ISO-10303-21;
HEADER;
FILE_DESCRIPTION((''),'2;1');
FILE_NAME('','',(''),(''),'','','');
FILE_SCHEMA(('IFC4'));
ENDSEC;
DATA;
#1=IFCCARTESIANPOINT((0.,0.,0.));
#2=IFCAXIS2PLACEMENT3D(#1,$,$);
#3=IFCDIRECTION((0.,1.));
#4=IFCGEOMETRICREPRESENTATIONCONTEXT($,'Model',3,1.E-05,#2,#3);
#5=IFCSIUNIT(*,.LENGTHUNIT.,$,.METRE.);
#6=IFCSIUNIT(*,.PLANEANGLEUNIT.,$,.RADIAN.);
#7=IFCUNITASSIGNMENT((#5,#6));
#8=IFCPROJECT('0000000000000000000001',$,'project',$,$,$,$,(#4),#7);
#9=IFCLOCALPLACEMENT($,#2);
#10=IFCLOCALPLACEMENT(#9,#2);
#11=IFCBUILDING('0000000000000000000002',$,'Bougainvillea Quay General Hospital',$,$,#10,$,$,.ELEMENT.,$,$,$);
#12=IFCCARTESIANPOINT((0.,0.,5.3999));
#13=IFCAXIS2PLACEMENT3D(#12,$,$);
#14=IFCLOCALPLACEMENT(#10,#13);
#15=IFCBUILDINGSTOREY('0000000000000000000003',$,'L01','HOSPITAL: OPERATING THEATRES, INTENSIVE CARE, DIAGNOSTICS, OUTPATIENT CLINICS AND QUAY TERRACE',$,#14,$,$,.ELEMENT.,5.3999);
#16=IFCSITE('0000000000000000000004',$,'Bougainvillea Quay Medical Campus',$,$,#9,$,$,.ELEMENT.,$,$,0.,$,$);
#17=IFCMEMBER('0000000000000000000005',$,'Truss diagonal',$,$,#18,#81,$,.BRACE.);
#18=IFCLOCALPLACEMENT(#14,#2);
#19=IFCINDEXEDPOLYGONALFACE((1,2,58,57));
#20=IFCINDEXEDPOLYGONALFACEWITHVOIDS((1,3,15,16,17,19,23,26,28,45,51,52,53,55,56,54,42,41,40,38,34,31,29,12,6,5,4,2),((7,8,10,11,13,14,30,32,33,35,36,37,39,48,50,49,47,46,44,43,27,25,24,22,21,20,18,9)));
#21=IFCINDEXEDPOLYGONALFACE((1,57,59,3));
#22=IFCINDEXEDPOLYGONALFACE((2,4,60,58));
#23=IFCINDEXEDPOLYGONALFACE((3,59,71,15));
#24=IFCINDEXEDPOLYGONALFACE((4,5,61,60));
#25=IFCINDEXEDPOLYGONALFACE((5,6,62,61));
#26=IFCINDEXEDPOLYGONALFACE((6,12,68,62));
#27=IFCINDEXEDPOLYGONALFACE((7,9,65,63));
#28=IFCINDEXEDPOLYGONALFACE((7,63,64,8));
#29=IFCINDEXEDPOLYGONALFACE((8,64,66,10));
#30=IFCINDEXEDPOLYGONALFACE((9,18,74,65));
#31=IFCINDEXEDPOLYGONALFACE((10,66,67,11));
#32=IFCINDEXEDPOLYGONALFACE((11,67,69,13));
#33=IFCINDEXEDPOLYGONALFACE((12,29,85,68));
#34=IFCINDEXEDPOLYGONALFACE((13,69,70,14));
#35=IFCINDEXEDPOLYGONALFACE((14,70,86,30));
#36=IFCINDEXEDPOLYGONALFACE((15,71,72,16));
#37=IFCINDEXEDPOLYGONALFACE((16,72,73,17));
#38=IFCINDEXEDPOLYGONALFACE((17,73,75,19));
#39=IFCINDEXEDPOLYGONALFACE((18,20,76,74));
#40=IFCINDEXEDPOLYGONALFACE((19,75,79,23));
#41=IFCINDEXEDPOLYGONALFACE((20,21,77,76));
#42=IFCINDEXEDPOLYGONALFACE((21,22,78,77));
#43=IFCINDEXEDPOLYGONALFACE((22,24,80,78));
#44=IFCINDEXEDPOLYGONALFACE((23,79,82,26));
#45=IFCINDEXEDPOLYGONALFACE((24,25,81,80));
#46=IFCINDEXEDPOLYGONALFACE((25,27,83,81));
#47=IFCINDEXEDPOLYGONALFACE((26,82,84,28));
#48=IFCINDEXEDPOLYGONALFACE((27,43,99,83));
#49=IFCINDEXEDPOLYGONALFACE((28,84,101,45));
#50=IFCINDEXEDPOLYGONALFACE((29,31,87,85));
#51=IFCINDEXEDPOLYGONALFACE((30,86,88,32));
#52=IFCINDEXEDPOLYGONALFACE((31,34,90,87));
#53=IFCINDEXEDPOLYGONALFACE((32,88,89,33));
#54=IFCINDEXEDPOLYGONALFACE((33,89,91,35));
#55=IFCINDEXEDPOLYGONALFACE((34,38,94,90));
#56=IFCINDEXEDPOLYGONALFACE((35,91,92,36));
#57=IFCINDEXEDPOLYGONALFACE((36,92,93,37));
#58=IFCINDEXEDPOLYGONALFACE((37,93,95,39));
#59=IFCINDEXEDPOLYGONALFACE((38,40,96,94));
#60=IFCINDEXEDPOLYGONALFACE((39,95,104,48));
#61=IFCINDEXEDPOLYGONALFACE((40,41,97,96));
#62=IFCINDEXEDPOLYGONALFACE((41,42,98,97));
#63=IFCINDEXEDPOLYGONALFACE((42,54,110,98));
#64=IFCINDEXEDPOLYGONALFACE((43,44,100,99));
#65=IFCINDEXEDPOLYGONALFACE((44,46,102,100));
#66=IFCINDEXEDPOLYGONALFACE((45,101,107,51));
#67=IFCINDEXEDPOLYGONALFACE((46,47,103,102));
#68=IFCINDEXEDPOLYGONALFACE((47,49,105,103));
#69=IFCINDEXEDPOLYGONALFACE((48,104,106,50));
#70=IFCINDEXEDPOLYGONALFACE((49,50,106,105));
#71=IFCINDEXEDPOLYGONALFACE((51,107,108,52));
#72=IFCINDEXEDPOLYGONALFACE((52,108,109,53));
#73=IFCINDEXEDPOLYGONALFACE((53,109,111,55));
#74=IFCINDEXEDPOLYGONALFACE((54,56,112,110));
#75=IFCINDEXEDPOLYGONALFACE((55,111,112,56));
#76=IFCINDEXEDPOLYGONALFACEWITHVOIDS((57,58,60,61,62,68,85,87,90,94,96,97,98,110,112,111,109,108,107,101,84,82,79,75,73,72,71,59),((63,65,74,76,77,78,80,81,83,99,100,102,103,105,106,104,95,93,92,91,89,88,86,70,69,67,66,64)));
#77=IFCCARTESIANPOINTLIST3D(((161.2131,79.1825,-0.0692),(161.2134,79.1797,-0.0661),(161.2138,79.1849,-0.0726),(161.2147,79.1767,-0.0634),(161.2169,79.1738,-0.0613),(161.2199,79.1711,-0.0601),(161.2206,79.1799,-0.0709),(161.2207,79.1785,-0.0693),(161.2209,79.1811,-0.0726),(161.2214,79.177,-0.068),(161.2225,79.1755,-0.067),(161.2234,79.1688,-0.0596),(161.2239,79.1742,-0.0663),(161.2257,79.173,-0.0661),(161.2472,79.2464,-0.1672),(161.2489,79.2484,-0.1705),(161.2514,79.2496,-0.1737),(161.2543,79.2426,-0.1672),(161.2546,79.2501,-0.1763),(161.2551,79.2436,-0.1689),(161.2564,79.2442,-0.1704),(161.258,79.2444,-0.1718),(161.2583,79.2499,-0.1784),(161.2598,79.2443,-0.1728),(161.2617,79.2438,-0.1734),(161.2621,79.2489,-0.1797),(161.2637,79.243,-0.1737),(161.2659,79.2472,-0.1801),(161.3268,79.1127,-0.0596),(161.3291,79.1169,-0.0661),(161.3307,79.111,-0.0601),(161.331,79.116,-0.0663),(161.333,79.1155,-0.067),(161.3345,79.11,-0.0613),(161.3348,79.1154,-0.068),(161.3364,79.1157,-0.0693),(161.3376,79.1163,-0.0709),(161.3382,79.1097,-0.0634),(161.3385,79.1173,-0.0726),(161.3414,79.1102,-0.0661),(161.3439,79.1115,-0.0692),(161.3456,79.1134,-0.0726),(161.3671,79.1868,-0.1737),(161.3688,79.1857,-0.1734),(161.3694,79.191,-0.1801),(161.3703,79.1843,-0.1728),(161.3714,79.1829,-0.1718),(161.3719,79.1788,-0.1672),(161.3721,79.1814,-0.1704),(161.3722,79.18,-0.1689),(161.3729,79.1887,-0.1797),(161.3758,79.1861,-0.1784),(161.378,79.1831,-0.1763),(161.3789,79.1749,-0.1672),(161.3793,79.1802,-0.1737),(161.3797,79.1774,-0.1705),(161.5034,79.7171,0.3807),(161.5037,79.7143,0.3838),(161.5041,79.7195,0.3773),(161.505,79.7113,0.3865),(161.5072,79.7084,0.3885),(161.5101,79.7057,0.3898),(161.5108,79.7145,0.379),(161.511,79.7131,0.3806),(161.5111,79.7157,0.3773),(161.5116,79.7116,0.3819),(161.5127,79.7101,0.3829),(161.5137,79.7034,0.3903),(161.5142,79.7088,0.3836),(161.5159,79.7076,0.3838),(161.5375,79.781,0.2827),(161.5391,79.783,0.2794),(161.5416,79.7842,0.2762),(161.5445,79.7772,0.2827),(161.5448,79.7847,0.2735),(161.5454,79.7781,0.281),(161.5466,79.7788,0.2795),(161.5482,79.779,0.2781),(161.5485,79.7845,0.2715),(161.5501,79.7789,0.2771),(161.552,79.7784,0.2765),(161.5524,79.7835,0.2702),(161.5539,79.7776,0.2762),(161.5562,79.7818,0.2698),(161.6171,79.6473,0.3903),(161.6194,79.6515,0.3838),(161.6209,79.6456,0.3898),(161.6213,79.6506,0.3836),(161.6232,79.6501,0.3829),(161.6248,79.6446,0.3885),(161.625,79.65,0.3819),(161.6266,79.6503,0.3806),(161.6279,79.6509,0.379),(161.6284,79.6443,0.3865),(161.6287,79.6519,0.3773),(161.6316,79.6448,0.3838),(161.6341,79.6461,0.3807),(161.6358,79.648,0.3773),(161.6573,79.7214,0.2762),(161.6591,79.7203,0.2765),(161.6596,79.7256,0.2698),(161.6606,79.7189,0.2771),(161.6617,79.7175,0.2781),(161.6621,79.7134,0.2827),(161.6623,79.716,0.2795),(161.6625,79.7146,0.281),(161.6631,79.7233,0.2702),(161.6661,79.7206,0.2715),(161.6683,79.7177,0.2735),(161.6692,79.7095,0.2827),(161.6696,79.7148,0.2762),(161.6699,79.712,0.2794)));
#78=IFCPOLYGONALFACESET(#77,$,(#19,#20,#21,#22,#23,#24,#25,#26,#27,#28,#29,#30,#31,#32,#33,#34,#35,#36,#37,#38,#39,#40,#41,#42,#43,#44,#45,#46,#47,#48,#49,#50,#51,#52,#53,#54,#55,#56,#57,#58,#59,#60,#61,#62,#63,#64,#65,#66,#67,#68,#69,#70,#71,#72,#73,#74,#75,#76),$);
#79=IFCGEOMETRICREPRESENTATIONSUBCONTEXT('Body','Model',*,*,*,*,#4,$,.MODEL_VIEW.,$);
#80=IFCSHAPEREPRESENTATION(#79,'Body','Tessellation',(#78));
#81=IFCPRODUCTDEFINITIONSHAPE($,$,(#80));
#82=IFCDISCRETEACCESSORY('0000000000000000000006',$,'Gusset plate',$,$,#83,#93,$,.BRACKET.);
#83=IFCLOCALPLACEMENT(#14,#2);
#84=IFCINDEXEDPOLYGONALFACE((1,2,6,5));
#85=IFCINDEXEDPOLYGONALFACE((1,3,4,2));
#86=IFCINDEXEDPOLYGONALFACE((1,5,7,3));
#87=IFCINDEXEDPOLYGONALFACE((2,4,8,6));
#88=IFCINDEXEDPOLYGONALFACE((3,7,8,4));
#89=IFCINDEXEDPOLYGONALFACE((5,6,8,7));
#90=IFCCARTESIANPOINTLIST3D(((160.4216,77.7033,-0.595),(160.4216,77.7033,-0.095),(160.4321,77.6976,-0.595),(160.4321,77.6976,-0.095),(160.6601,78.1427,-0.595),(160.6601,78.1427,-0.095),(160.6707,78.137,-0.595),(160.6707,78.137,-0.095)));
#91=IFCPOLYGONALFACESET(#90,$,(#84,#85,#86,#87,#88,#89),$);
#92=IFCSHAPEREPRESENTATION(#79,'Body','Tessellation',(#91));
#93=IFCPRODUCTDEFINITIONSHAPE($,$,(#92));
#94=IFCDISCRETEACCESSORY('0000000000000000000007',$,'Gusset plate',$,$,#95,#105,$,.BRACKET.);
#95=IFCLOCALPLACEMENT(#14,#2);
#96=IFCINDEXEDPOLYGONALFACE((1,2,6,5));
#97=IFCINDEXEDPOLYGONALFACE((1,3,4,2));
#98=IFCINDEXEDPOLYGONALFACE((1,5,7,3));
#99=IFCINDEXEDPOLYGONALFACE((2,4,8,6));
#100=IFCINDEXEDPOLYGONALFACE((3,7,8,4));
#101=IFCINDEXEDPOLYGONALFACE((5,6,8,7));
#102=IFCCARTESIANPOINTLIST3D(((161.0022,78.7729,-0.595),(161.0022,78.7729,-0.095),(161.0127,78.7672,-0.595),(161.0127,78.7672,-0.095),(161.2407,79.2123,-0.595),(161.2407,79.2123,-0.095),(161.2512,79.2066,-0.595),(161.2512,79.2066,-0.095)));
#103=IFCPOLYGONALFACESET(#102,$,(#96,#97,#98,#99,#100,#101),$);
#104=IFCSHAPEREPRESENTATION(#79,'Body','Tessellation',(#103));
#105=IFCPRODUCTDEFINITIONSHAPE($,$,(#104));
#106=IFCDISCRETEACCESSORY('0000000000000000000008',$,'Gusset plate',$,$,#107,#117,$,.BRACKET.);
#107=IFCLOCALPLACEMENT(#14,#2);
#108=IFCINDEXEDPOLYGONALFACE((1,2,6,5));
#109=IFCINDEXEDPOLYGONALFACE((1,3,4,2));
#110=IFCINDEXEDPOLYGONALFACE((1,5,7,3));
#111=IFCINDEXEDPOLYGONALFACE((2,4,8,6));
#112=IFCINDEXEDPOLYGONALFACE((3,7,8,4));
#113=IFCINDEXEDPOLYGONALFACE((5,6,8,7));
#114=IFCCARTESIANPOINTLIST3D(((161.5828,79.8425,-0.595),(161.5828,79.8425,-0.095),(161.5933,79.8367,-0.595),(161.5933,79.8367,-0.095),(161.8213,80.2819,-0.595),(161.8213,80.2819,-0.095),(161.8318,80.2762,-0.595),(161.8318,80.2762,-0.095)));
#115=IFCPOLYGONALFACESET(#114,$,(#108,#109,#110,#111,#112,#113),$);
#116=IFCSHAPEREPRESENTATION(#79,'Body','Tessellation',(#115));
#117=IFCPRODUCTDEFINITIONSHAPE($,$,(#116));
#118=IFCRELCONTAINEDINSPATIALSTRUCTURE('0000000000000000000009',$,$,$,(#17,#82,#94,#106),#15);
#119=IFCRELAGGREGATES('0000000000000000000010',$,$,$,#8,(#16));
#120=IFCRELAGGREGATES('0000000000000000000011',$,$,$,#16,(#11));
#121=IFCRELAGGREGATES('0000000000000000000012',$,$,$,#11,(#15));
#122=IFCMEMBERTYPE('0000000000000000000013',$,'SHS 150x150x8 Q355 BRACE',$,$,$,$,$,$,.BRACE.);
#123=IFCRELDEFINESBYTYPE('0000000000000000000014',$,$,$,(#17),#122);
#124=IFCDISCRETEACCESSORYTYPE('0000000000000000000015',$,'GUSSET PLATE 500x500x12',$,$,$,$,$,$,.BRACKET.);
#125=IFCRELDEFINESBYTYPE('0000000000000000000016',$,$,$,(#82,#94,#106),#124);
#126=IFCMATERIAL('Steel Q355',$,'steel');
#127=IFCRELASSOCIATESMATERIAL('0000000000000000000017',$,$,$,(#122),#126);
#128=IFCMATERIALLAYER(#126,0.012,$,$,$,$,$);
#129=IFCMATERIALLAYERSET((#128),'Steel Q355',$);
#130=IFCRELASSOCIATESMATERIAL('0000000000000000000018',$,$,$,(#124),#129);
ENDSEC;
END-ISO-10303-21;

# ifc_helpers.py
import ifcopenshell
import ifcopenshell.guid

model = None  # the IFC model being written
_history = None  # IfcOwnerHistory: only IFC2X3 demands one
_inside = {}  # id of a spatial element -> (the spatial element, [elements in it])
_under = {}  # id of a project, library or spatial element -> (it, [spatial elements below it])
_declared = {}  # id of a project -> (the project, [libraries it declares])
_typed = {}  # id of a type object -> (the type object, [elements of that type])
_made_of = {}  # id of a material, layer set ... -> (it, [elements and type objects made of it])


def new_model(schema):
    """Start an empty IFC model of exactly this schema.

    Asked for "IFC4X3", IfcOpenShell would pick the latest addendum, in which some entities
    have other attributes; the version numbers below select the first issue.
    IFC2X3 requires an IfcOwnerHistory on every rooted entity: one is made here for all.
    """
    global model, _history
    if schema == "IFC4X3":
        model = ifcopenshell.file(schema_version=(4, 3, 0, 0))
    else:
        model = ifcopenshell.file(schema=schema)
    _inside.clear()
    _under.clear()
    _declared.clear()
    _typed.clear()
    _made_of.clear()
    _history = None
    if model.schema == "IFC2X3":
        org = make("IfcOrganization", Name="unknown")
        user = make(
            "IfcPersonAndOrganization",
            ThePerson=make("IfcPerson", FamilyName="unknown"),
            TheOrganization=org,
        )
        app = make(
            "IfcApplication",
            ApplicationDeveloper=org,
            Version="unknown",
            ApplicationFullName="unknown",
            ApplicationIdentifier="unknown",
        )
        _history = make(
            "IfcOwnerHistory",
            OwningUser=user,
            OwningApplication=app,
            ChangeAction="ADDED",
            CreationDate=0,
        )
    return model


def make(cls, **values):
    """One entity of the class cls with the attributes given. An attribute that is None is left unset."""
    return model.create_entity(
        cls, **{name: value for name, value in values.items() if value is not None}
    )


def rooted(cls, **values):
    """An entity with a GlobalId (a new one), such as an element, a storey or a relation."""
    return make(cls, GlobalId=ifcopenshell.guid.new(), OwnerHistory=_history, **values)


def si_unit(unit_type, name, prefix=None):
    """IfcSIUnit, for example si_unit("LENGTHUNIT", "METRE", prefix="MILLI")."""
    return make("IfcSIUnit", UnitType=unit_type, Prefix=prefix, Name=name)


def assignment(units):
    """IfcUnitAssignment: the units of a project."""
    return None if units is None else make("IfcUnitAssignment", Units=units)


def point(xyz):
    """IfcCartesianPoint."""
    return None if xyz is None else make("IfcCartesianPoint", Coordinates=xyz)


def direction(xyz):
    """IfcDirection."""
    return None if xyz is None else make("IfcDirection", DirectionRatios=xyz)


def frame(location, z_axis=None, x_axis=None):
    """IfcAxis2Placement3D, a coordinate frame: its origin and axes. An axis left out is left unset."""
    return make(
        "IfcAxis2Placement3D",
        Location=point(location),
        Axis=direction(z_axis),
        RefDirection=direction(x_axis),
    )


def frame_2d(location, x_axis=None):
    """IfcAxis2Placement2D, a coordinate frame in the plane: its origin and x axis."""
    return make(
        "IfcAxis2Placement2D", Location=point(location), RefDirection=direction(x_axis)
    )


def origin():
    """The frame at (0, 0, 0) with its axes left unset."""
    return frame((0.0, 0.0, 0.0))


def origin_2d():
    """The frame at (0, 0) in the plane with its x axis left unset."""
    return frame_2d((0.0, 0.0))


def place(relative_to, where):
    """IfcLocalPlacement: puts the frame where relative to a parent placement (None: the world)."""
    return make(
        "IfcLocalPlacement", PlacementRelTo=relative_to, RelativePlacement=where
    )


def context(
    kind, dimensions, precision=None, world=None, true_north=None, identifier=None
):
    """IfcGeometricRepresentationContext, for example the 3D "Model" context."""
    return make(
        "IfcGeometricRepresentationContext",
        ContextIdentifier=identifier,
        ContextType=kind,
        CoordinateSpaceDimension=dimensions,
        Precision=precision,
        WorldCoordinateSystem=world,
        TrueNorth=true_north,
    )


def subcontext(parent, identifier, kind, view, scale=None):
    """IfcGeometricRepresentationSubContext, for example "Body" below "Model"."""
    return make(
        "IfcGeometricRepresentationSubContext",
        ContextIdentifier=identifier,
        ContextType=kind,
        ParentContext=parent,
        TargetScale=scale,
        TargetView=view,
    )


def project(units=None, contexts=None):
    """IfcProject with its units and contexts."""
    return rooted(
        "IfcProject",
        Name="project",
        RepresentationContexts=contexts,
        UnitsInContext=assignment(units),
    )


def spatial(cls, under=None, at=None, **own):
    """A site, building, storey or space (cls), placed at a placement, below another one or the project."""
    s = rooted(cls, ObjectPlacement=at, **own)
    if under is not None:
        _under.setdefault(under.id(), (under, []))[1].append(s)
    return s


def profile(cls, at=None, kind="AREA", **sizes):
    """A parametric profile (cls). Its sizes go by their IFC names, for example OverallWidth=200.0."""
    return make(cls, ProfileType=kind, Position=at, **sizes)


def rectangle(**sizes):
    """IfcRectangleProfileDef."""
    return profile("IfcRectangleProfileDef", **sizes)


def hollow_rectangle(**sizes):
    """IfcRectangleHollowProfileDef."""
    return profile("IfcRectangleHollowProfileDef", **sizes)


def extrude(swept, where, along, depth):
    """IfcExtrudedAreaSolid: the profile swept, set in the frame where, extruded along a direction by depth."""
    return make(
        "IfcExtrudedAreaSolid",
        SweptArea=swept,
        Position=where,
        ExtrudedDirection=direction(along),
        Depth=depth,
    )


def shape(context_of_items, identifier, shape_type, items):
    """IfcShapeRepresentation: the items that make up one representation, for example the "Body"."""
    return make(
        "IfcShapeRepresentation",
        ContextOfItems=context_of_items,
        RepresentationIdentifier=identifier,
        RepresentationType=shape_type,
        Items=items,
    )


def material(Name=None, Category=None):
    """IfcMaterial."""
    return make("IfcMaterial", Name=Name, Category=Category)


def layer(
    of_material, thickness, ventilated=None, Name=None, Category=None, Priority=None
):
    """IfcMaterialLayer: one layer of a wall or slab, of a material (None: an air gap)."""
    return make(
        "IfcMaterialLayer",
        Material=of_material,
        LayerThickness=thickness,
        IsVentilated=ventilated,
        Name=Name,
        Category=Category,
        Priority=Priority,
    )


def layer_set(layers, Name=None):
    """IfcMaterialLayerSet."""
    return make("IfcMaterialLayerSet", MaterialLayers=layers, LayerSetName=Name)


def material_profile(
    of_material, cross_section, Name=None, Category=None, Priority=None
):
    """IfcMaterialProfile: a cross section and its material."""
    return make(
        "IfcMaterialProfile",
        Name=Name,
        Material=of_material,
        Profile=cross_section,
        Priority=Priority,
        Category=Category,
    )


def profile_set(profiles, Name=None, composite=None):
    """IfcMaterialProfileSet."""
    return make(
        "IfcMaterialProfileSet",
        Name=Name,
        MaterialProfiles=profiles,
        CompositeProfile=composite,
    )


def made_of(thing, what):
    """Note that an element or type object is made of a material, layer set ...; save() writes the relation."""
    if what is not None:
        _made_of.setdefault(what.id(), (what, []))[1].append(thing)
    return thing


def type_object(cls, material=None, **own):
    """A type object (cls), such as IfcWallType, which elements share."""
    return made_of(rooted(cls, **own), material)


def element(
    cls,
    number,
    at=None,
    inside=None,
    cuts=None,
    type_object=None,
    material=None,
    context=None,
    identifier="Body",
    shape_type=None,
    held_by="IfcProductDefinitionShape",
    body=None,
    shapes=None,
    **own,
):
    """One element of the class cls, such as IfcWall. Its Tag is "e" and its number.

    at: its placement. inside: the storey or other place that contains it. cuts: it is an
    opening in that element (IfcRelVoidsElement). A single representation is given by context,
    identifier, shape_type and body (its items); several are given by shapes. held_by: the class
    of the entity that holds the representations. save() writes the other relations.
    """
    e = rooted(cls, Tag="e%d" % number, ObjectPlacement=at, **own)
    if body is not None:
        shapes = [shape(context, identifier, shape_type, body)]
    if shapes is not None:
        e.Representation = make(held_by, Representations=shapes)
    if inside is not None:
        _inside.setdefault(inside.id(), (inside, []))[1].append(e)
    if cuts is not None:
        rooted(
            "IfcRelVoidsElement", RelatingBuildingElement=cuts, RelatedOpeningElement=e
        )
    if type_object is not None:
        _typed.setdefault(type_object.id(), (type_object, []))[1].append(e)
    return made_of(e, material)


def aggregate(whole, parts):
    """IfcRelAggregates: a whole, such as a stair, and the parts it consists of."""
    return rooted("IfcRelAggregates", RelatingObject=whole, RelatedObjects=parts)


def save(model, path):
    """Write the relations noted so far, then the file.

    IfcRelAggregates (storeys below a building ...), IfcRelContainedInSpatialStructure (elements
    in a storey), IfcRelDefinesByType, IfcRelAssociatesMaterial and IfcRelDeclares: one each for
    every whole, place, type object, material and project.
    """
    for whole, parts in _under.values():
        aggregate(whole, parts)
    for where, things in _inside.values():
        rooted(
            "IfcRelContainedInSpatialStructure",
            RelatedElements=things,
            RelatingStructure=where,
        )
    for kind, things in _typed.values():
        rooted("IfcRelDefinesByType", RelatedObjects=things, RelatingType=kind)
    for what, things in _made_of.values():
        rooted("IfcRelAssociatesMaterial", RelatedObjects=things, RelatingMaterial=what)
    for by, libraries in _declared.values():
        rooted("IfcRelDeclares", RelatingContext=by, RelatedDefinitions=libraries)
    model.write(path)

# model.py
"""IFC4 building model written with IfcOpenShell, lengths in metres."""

from ifc_helpers import new_model, si_unit, direction, frame, origin, origin_2d, place, context, subcontext, project, spatial, rectangle, hollow_rectangle, extrude, material, layer, layer_set, material_profile, profile_set, type_object, element, save


model = new_model("IFC4")

# Units and contexts
model_context = context("Model", 3, precision=1e-05, world=origin(), true_north=direction((0.0, 1.0)))
body_context = subcontext(model_context, "Body", "Model", "MODEL_VIEW")
ifc_project = project(units=[si_unit("LENGTHUNIT", "METRE"), si_unit("PLANEANGLEUNIT", "RADIAN")], contexts=[model_context])

# Site, building, storey
site_placement = place(None, origin())
site = spatial("IfcSite", under=ifc_project, at=site_placement, Name="Bougainvillea Quay Medical Campus", CompositionType="ELEMENT", RefElevation=0.0)
building_placement = place(site_placement, origin())
building = spatial("IfcBuilding", under=site, at=building_placement, Name="Bougainvillea Quay General Hospital", CompositionType="ELEMENT")
storey_placement = place(building_placement, frame((0.0, 0.0, 5.3999)))
storey = spatial("IfcBuildingStorey", under=building, at=storey_placement, Name="L01", Description="HOSPITAL: OPERATING THEATRES, INTENSIVE CARE, DIAGNOSTICS, OUTPATIENT CLINICS AND QUAY TERRACE", CompositionType="ELEMENT", Elevation=5.3999)

# Member
ifc_material_1 = material(Name="Steel Q355", Category="steel")
ifc_material_profile_1 = material_profile(ifc_material_1, hollow_rectangle(XDim=0.1499, YDim=0.1499, WallThickness=0.0081, InnerFilletRadius=0.0081, OuterFilletRadius=0.0161, at=origin_2d()))
ifc_profile_set_1 = profile_set([ifc_material_profile_1], Name="Steel Q355")
member_type_1 = type_object("IfcMemberType", Name="SHS 150x150x8 Q355 BRACE", PredefinedType="BRACE", material=ifc_profile_set_1)
for number, where, z_axis, x_axis, name in (
    (1, (161.2964, 79.1799, -0.1199), (0.383619, 0.706581, 0.594625), (-0.878829, 0.477136, 0.0), "Truss diagonal"),
):
    element("IfcMember", number, at=place(storey_placement, frame(where, z_axis=z_axis, x_axis=x_axis)), inside=storey, type_object=member_type_1, Name=name, PredefinedType="BRACE", context=body_context, shape_type="SweptSolid", body=[
        extrude(hollow_rectangle(XDim=0.1499, YDim=0.1499, WallThickness=0.0081, InnerFilletRadius=0.0081, OuterFilletRadius=0.0161, at=origin_2d()), origin(), (0.0, 0.0, 1.0), 0.7566),
    ])

# Discrete accessories
ifc_layer = layer(ifc_material_1, 0.012)
ifc_layer_set = layer_set([ifc_layer], Name="Steel Q355")
discrete_accessory_type = type_object("IfcDiscreteAccessoryType", Name="GUSSET PLATE 500x500x12", PredefinedType="BRACKET", material=ifc_layer_set)
for number, where, z_axis, x_axis, name in (
    (2, (160.5461, 77.9202, -0.595), (0.0, 0.0, 1.0), (0.477018, 0.878894, 0.0), "Gusset plate"),
    (3, (161.1267, 78.9897, -0.595), (0.0, 0.0, 1.0), (0.477018, 0.878894, 0.0), "Gusset plate"),
    (4, (161.7073, 80.0593, -0.595), (0.0, 0.0, 1.0), (0.477018, 0.878894, 0.0), "Gusset plate"),
):
    element("IfcDiscreteAccessory", number, at=place(storey_placement, frame(where, z_axis=z_axis, x_axis=x_axis)), inside=storey, type_object=discrete_accessory_type, Name=name, PredefinedType="BRACKET", context=body_context, shape_type="SweptSolid", body=[
        extrude(rectangle(XDim=0.5, YDim=0.012, at=origin_2d()), origin(), (0.0, 0.0, 1.0), 0.5),
    ])

save(model, "model.ifc")
